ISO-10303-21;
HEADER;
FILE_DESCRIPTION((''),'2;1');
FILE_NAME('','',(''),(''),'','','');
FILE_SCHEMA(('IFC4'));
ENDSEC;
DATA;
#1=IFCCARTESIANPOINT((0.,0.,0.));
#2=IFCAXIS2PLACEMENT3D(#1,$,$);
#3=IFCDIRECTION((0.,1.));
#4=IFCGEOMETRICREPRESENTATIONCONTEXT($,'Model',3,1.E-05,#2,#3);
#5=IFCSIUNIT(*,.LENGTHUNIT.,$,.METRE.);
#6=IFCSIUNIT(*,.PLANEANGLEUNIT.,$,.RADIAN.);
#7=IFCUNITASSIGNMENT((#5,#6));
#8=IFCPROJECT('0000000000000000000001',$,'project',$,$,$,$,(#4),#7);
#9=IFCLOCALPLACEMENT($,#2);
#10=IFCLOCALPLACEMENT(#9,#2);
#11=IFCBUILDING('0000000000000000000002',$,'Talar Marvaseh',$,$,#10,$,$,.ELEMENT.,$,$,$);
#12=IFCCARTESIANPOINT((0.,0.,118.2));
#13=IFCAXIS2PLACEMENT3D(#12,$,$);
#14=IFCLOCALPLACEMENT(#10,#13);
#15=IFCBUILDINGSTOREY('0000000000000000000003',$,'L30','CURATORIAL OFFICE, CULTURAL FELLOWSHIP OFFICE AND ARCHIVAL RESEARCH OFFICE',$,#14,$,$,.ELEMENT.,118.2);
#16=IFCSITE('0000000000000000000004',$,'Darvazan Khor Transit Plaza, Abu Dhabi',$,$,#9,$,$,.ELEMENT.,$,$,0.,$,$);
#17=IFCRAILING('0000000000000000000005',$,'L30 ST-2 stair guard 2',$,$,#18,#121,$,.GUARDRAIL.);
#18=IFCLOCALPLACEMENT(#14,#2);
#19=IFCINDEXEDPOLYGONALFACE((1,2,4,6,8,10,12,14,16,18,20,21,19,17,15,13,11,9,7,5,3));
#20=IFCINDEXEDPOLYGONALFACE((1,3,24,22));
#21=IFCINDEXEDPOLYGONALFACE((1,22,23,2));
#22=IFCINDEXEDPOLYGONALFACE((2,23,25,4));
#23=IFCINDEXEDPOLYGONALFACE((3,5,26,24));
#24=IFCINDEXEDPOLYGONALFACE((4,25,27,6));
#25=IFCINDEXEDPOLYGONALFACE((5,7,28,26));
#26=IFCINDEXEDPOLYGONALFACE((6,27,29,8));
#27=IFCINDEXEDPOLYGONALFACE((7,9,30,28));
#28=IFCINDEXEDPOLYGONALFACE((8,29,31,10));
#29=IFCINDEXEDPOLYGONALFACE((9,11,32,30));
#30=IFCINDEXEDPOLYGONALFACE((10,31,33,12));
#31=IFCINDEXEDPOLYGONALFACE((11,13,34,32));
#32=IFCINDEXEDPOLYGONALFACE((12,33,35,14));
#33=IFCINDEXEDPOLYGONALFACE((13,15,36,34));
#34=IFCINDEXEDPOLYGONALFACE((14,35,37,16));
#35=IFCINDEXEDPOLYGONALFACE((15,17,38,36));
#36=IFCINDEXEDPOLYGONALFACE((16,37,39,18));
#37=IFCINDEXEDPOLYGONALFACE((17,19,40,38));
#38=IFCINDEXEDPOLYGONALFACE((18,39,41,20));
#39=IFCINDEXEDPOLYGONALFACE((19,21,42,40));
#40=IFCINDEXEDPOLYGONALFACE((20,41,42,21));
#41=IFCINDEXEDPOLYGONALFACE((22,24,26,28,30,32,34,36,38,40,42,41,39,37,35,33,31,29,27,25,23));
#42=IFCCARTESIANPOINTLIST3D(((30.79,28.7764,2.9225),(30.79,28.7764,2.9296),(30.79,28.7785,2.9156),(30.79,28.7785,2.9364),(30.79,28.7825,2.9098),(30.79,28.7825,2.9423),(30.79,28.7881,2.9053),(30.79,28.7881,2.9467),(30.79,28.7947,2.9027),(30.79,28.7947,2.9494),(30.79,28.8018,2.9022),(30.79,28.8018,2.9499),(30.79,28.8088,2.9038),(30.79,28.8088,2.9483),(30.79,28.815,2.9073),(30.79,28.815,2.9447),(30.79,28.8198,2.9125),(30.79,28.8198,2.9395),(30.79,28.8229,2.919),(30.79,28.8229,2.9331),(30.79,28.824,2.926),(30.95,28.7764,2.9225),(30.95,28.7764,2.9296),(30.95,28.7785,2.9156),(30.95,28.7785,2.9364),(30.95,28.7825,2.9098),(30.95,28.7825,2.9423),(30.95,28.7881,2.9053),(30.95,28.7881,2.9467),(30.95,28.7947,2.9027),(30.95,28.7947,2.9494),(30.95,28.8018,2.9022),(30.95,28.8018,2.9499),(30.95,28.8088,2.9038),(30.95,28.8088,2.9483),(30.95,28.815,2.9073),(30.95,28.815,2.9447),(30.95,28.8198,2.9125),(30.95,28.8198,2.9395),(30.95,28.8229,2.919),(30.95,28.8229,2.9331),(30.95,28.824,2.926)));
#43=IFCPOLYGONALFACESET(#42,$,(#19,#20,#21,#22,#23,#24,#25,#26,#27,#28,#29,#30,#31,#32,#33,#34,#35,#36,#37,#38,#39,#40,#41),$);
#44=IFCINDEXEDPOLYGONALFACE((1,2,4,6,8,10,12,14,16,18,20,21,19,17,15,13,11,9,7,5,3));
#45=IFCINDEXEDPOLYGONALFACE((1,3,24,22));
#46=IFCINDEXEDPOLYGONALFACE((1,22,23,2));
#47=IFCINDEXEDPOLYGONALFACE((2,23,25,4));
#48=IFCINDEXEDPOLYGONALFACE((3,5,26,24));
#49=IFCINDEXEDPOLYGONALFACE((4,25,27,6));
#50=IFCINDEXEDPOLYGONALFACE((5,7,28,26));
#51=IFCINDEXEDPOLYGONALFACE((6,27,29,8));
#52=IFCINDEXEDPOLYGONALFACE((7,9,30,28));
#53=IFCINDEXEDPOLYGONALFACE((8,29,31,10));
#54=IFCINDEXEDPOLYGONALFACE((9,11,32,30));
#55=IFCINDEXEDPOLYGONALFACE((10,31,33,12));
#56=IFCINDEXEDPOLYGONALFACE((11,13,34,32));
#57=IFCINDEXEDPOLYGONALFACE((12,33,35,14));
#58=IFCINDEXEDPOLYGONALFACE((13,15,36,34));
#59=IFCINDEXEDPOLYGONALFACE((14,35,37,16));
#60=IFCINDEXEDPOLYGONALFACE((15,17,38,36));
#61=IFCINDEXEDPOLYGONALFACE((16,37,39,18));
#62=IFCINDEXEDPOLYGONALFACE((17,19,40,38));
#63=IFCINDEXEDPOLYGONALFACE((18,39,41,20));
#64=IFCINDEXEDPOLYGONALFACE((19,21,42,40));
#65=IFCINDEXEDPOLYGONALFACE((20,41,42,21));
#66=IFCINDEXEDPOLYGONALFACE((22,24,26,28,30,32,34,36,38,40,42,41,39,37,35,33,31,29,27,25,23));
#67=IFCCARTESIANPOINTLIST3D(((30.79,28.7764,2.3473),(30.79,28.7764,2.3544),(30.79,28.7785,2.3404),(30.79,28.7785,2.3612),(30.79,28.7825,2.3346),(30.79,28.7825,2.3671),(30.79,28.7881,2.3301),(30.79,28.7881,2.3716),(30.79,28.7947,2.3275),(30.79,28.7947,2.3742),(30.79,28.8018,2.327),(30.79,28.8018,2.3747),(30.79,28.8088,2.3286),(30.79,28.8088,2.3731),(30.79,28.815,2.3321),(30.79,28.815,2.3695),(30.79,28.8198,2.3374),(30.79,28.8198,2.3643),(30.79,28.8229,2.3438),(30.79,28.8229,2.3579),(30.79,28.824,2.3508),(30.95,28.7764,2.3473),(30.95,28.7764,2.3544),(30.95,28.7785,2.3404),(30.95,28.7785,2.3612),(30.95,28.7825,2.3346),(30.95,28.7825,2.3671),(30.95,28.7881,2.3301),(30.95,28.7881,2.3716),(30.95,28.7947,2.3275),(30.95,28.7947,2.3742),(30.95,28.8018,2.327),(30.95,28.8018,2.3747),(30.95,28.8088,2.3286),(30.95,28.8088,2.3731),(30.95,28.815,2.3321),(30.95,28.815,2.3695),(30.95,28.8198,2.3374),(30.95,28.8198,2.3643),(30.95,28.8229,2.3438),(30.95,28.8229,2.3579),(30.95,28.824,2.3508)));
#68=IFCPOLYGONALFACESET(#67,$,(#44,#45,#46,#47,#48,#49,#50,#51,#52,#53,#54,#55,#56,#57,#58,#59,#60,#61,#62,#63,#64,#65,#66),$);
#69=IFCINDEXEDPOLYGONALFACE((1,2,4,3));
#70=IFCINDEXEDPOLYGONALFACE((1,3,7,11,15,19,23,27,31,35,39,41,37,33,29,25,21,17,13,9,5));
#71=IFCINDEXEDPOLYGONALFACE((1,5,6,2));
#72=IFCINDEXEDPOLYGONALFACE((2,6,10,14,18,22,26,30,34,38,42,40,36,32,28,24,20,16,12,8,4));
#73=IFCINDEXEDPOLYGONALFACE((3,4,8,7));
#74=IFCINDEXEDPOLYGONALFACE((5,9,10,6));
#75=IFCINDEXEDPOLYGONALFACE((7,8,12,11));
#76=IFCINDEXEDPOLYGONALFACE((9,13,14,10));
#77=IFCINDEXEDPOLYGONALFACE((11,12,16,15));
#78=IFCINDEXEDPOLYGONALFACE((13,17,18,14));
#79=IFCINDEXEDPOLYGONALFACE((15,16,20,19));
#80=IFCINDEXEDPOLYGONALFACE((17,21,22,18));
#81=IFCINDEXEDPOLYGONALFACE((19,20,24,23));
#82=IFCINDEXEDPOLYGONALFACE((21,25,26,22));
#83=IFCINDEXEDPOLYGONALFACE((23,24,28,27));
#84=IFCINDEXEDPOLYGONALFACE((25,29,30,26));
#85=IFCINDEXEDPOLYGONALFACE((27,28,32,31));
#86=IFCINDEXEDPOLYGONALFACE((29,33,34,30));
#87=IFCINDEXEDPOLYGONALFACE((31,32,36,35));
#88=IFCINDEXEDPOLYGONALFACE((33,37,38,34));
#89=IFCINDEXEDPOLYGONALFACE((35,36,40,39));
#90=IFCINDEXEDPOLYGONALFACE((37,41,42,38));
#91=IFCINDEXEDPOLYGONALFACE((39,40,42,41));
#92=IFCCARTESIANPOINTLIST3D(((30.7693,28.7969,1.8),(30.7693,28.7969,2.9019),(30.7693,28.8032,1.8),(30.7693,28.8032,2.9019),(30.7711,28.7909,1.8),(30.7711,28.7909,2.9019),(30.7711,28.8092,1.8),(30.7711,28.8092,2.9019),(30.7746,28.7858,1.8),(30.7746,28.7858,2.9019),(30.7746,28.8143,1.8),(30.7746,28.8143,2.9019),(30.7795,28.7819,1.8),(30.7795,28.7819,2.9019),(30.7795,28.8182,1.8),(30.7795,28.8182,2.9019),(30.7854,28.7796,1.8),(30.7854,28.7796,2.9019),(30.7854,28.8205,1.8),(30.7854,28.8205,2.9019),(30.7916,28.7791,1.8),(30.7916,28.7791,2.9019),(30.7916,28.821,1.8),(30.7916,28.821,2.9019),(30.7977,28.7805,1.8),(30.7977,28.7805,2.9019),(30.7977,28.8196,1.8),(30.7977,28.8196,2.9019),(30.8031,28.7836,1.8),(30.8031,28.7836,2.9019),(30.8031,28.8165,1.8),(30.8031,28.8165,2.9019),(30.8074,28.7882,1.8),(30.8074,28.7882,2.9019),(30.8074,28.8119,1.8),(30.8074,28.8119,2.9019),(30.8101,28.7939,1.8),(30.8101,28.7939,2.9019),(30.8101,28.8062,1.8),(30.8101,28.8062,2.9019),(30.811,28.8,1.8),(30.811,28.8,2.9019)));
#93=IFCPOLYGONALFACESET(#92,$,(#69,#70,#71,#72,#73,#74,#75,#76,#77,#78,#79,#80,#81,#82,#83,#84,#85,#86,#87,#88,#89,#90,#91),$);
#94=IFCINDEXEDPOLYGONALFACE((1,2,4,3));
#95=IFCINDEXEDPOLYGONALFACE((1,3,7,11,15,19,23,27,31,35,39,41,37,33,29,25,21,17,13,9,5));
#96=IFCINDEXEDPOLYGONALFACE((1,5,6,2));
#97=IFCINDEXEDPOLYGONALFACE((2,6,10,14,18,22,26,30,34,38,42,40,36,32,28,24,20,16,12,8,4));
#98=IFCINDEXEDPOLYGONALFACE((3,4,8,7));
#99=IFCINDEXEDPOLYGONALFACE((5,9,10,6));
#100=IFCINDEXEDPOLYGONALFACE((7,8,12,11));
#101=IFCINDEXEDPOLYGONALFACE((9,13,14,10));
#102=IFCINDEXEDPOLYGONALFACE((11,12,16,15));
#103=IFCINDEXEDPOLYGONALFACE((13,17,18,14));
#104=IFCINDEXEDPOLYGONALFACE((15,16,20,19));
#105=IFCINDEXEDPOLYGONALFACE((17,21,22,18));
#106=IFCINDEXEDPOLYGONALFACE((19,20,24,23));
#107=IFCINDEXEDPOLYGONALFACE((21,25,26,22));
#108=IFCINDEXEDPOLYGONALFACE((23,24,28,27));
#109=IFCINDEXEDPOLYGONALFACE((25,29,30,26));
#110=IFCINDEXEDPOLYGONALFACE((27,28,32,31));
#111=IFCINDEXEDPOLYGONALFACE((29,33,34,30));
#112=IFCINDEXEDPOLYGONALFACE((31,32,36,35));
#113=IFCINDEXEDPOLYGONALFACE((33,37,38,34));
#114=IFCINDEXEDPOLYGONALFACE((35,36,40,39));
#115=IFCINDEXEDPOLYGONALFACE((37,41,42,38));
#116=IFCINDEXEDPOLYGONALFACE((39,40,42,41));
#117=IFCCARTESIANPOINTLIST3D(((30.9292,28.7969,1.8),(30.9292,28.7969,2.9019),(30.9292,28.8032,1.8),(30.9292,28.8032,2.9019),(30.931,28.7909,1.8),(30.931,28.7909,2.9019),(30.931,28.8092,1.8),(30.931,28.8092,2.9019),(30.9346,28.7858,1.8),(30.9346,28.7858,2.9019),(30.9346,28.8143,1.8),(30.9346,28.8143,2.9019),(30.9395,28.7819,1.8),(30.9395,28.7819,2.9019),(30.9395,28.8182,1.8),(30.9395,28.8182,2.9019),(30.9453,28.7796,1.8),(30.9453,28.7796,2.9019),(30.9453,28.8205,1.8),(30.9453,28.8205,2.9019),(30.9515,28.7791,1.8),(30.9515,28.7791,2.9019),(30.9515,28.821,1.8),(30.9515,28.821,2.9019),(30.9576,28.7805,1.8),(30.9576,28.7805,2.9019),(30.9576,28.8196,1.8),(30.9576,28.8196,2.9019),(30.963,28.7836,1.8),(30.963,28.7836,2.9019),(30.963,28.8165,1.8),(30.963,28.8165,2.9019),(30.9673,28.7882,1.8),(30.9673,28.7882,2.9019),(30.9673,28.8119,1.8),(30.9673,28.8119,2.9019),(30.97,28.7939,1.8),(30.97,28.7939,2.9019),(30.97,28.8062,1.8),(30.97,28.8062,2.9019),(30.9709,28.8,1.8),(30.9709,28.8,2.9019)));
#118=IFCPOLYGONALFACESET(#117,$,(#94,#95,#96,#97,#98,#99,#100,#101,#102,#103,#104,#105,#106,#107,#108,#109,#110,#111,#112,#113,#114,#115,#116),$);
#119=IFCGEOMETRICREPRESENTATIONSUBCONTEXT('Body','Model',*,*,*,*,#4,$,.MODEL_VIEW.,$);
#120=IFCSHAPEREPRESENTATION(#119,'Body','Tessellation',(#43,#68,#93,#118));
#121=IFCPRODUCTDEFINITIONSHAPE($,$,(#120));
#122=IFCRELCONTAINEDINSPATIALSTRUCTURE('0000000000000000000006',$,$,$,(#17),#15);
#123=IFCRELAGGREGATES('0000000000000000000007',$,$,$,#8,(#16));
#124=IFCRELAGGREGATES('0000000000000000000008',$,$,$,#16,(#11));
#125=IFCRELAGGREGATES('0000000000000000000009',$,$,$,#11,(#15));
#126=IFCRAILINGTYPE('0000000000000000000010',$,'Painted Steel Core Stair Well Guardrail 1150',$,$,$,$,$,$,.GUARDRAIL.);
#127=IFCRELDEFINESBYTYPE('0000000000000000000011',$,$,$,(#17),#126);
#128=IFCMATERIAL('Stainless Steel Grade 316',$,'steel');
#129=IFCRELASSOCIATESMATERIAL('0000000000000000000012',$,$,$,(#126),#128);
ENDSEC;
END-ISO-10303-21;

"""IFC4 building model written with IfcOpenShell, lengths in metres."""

from ifc_helpers import new_model, si_unit, direction, frame, origin, origin_2d, place, context, subcontext, project, spatial, circle, extrude, material, type_object, element, save


model = new_model("IFC4")

# Units and contexts
model_context = context("Model", 3, precision=1e-05, world=origin(), true_north=direction((0.0, 1.0)))
body_context = subcontext(model_context, "Body", "Model", "MODEL_VIEW")
ifc_project = project(units=[si_unit("LENGTHUNIT", "METRE"), si_unit("PLANEANGLEUNIT", "RADIAN")], contexts=[model_context])

# Site, building, storey
site_placement = place(None, origin())
site = spatial("IfcSite", under=ifc_project, at=site_placement, Name="Darvazan Khor Transit Plaza, Abu Dhabi", CompositionType="ELEMENT", RefElevation=0.0)
building_placement = place(site_placement, origin())
building = spatial("IfcBuilding", under=site, at=building_placement, Name="Talar Marvaseh", CompositionType="ELEMENT")
storey_placement = place(building_placement, frame((0.0, 0.0, 118.2)))
storey = spatial("IfcBuildingStorey", under=building, at=storey_placement, Name="L30", Description="CURATORIAL OFFICE, CULTURAL FELLOWSHIP OFFICE AND ARCHIVAL RESEARCH OFFICE", CompositionType="ELEMENT", Elevation=118.2)

# Railing
ifc_material_1 = material(Name="Stainless Steel Grade 316", Category="steel")
railing_type_1 = type_object("IfcRailingType", Name="Painted Steel Core Stair Well Guardrail 1150", PredefinedType="GUARDRAIL", material=ifc_material_1)
railing_1_placement = place(storey_placement, frame((30.79, 28.8, 1.8)))
element("IfcRailing", 1, at=railing_1_placement, inside=storey, type_object=railing_type_1, Name="L30 ST-2 stair guard 2", PredefinedType="GUARDRAIL", context=body_context, shape_type="SweptSolid", body=[
    extrude(circle(Radius=0.0239, at=origin_2d()), frame((0.0, 0.0, 1.126), z_axis=(1.0, 0.0, 0.0), x_axis=(0.0, 1.0, 0.0)), (0.0, 0.0, 1.0), 0.1599),
    extrude(circle(Radius=0.0239, at=origin_2d()), frame((0.0, 0.0, 0.5508), z_axis=(1.0, 0.0, 0.0), x_axis=(0.0, 1.0, 0.0)), (0.0, 0.0, 1.0), 0.1599),
    extrude(circle(Radius=0.021, at=origin_2d()), origin(), (0.0, 0.0, 1.0), 1.1018),
    extrude(circle(Radius=0.021, at=origin_2d()), frame((0.1599, 0.0, 0.0)), (0.0, 0.0, 1.0), 1.1018),
])

save(model, "model.ifc")
